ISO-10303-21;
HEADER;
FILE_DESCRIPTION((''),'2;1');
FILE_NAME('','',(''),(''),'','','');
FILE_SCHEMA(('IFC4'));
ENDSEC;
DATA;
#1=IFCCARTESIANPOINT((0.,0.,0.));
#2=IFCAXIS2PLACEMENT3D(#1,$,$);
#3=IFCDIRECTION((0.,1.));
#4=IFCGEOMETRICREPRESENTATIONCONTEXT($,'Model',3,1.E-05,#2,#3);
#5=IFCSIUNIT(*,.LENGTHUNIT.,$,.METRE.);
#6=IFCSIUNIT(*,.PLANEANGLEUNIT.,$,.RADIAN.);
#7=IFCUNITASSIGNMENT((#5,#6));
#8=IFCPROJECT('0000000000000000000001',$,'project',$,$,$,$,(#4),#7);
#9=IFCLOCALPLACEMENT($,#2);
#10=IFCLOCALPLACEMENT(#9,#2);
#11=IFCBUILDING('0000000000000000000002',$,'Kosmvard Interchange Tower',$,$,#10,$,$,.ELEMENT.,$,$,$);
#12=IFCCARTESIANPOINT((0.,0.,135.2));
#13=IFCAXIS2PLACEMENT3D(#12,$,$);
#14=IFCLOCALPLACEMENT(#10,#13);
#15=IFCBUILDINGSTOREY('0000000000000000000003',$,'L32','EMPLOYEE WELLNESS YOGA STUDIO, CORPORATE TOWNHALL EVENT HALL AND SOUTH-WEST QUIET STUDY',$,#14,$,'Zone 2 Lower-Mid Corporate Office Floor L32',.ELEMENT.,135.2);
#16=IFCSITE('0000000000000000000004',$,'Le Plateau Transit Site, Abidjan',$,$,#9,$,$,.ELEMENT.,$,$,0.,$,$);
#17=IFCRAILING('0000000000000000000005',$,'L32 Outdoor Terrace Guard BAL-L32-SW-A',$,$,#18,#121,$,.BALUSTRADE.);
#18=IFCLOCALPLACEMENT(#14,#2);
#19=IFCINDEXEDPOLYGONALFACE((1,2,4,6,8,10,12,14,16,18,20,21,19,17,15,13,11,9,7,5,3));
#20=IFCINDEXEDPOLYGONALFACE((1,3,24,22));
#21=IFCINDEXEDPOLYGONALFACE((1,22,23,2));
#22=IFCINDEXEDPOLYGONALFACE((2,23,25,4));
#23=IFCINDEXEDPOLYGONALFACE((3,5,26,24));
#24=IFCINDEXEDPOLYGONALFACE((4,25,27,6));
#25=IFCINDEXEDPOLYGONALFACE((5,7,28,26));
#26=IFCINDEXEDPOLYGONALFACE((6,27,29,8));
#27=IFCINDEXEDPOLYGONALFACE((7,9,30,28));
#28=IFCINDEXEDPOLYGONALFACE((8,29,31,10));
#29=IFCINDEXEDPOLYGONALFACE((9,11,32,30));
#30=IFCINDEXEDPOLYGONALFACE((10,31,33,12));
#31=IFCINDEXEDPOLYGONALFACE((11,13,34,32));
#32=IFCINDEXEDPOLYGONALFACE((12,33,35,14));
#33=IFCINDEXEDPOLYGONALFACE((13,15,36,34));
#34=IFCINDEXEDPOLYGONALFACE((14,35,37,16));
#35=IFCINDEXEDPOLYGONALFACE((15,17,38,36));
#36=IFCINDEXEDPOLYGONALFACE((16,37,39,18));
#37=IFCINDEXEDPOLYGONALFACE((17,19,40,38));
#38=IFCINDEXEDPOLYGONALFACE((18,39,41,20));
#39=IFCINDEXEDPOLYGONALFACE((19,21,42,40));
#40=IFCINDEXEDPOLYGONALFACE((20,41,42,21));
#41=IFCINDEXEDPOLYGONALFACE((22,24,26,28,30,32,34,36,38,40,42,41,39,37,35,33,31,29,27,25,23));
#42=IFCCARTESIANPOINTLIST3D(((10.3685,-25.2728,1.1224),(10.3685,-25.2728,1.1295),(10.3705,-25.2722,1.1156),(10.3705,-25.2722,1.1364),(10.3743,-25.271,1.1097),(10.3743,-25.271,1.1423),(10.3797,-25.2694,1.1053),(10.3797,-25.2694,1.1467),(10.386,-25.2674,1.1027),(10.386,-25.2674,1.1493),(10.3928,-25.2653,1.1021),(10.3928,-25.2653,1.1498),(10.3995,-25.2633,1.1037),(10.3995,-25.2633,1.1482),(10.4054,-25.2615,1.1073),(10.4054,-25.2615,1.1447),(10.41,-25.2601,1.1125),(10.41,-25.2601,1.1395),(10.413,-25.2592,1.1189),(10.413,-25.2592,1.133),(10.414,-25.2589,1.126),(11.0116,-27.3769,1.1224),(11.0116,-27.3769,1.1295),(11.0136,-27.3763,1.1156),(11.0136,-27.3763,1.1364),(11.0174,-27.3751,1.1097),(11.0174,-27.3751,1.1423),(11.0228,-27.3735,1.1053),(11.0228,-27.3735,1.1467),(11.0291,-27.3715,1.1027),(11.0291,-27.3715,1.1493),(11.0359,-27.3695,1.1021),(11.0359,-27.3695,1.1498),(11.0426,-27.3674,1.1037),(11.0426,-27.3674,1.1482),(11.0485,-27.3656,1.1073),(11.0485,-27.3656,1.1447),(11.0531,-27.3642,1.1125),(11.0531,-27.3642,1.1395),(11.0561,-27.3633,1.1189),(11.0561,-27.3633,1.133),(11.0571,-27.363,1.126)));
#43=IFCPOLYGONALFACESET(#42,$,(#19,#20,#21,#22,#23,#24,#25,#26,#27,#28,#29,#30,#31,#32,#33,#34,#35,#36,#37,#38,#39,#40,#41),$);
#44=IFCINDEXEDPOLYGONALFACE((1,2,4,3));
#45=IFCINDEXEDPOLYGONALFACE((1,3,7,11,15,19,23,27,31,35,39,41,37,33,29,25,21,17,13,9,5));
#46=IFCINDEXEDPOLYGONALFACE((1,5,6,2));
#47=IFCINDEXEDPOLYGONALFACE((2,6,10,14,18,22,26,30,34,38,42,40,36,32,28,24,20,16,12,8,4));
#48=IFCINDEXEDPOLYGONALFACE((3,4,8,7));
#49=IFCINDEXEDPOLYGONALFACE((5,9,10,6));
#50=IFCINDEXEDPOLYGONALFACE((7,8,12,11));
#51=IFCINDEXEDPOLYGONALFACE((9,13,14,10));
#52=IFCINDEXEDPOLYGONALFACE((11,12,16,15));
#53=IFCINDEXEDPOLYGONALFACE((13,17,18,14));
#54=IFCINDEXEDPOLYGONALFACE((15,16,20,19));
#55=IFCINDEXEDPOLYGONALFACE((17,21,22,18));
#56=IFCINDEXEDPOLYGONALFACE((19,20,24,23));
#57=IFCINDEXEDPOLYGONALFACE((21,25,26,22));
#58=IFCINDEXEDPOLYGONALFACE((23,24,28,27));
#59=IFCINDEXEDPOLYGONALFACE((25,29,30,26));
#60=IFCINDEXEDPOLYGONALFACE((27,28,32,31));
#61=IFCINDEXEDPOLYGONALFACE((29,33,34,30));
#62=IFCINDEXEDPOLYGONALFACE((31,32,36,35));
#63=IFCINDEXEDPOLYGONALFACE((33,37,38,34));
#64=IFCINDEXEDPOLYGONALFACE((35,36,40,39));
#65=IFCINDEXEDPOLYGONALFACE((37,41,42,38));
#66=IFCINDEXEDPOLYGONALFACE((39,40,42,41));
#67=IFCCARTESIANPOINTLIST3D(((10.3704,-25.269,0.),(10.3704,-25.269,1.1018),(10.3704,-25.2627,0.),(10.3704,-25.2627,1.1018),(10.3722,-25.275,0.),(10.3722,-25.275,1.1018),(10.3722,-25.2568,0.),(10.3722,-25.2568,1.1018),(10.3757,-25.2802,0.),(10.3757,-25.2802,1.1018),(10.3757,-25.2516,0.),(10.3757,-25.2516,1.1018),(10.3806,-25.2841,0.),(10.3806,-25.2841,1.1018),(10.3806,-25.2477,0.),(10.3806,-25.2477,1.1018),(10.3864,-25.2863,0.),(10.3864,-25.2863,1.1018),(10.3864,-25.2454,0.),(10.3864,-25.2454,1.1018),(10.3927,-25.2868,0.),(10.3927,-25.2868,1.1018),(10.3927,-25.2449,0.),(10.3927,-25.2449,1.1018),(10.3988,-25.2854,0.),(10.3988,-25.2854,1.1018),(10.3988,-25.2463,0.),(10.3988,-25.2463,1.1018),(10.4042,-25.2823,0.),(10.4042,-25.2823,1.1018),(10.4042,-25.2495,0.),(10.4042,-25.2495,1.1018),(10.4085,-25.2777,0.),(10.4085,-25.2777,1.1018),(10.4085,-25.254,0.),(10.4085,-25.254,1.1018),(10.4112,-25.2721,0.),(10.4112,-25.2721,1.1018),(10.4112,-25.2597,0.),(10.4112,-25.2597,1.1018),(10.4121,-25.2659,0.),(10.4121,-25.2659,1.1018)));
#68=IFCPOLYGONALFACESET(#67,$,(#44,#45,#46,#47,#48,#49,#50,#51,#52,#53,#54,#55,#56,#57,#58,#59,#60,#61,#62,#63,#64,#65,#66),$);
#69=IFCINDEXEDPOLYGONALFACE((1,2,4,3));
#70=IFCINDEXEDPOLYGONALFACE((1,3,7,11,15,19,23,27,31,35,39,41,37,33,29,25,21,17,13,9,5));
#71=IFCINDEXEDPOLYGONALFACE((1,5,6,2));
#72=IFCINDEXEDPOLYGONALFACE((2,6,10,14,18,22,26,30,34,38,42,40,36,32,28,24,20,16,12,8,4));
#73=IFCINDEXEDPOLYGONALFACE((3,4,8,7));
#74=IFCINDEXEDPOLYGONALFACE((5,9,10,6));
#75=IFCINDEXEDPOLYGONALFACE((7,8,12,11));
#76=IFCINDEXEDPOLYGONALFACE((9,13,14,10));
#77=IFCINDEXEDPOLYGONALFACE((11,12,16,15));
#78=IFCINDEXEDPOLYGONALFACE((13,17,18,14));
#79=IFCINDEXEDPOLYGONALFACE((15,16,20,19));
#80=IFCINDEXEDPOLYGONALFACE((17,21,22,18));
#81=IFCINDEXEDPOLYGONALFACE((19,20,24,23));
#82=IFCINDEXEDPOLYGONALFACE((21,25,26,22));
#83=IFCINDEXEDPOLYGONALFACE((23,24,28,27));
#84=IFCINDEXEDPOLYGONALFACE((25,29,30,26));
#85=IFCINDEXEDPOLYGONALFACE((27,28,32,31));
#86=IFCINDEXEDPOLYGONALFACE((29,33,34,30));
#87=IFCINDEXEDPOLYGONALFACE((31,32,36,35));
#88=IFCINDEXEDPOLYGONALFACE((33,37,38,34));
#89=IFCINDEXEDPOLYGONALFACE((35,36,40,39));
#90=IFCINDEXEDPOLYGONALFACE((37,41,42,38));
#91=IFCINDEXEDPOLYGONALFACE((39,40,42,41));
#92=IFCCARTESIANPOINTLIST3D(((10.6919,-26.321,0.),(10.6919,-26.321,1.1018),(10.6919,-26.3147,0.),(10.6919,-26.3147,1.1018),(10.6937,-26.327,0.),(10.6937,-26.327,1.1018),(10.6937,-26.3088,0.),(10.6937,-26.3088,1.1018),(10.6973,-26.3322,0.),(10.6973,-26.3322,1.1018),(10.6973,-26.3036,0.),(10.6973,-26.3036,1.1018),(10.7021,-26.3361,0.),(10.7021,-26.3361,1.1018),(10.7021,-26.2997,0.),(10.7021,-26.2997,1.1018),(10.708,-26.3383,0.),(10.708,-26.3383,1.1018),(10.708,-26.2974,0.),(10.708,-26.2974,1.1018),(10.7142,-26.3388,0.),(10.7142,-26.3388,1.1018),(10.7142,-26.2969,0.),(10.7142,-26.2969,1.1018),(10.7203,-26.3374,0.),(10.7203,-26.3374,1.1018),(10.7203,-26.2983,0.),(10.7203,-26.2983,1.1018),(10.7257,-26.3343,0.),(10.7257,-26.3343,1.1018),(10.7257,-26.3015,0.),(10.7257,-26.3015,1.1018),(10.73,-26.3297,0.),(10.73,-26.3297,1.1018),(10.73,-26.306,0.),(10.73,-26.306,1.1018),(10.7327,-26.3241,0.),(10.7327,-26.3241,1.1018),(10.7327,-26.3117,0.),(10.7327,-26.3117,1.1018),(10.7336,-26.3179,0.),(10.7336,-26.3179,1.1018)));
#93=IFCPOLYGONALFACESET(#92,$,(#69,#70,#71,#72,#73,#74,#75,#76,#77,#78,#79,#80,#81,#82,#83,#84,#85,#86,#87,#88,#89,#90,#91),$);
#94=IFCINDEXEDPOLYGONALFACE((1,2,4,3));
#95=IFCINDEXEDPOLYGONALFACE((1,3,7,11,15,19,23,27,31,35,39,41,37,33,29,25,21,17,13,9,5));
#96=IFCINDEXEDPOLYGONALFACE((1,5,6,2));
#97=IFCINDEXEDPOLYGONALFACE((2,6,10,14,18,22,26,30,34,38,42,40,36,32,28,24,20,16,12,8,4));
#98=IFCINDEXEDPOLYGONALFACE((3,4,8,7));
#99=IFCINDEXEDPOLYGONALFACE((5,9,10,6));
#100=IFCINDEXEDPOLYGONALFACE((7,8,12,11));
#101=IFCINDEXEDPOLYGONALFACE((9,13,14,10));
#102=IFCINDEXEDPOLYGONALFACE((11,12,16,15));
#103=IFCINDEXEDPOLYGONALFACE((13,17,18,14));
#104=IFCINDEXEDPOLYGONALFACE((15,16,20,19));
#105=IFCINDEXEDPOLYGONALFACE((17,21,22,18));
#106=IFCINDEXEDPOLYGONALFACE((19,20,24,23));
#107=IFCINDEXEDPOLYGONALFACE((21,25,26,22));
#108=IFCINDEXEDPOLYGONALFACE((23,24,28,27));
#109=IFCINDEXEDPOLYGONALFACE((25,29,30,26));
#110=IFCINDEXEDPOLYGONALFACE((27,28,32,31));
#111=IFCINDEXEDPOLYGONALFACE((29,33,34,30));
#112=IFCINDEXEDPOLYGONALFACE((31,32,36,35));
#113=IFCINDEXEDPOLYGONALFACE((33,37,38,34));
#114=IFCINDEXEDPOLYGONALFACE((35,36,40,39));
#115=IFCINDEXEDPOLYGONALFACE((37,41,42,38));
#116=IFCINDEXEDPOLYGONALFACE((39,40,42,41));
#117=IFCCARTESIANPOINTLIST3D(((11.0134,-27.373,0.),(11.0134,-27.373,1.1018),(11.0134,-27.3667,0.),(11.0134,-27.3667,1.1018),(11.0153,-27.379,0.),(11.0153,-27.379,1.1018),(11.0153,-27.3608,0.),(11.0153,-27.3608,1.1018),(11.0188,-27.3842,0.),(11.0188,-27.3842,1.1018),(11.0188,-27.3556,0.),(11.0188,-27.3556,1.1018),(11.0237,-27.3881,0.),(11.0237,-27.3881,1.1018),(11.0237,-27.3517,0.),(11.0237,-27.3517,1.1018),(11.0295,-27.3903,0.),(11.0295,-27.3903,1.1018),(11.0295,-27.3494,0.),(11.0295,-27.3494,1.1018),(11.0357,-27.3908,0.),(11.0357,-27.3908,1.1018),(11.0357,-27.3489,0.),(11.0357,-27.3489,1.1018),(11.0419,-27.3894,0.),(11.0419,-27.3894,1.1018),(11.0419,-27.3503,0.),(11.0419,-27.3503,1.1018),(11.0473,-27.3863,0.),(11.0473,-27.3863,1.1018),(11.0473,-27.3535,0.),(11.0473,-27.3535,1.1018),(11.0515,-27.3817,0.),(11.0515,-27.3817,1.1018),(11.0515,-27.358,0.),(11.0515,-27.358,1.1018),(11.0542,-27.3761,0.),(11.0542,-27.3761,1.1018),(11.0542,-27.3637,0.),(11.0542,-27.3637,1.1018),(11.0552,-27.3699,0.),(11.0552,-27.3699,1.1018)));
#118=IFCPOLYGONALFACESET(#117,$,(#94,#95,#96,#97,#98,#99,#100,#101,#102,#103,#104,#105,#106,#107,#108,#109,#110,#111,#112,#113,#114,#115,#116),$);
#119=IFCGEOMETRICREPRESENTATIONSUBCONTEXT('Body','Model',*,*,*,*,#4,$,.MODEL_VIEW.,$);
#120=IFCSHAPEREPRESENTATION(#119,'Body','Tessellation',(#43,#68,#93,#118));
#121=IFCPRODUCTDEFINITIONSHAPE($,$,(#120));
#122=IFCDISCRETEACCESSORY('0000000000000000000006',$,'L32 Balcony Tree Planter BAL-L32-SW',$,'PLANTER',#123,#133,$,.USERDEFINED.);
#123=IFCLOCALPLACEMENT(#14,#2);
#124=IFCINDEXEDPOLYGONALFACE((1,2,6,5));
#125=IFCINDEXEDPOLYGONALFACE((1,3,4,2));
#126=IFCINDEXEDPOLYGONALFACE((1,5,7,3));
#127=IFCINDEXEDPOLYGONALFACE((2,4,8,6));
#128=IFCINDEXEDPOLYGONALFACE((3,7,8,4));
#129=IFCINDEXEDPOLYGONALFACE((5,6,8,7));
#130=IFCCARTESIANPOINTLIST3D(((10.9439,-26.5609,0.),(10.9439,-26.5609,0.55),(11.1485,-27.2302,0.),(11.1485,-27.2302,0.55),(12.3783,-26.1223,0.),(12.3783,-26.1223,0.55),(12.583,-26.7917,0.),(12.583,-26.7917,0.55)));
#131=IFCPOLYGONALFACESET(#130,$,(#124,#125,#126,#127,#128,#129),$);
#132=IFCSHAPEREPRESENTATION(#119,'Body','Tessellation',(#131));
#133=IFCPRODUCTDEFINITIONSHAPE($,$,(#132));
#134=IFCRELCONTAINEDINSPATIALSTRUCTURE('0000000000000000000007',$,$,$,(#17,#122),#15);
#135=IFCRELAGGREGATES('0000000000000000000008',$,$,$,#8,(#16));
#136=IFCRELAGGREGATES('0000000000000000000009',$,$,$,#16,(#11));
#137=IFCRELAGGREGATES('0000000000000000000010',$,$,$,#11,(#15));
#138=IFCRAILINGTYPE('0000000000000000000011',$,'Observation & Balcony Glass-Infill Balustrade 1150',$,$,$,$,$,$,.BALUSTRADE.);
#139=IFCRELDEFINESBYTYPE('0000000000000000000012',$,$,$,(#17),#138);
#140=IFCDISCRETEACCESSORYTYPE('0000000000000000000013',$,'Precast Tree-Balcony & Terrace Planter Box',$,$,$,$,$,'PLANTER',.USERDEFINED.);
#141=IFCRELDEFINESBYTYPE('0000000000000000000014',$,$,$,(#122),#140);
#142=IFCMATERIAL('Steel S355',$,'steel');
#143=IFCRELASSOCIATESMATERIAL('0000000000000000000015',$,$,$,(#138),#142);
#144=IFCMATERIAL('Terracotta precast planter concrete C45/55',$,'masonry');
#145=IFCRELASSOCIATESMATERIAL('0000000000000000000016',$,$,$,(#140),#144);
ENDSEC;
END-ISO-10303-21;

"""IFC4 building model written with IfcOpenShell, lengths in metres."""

from ifc_helpers import new_model, si_unit, direction, frame, origin, origin_2d, place, context, subcontext, project, spatial, rectangle, circle, extrude, source, transform, mapped, material, type_object, element, save


model = new_model("IFC4")

# Units and contexts
model_context = context("Model", 3, precision=1e-05, world=origin(), true_north=direction((0.0, 1.0)))
body_context = subcontext(model_context, "Body", "Model", "MODEL_VIEW")
ifc_project = project(units=[si_unit("LENGTHUNIT", "METRE"), si_unit("PLANEANGLEUNIT", "RADIAN")], contexts=[model_context])

# Site, building, storey
site_placement = place(None, origin())
site = spatial("IfcSite", under=ifc_project, at=site_placement, Name="Le Plateau Transit Site, Abidjan", CompositionType="ELEMENT", RefElevation=0.0)
building_placement = place(site_placement, origin())
building = spatial("IfcBuilding", under=site, at=building_placement, Name="Kosmvard Interchange Tower", CompositionType="ELEMENT")
storey_placement = place(building_placement, frame((0.0, 0.0, 135.2)))
storey = spatial("IfcBuildingStorey", under=building, at=storey_placement, Name="L32", Description="EMPLOYEE WELLNESS YOGA STUDIO, CORPORATE TOWNHALL EVENT HALL AND SOUTH-WEST QUIET STUDY", LongName="Zone 2 Lower-Mid Corporate Office Floor L32", CompositionType="ELEMENT", Elevation=135.2)

# Shared definitions
ifc_material_1 = material(Name="Steel S355", Category="steel")

# Railing
railing_type = type_object("IfcRailingType", Name="Observation & Balcony Glass-Infill Balustrade 1150", PredefinedType="BALUSTRADE", material=ifc_material_1)
shared_shape_1 = source(origin(), body_context, "Body", "SweptSolid", [
    extrude(circle(Radius=0.0239, at=origin_2d()), frame((0.0, 0.0, 1.126), z_axis=(0.292292, -0.956329, 0.0), x_axis=(0.956329, 0.292292, 0.0)), (0.0, 0.0, 1.0), 2.2002),
    extrude(circle(Radius=0.021, at=origin_2d()), origin(), (0.0, 0.0, 1.0), 1.1018),
    extrude(circle(Radius=0.021, at=origin_2d()), frame((0.3215, -1.052, 0.0)), (0.0, 0.0, 1.0), 1.1018),
    extrude(circle(Radius=0.021, at=origin_2d()), frame((0.6431, -2.104, 0.0)), (0.0, 0.0, 1.0), 1.1018),
])
railing_1_placement = place(storey_placement, frame((10.3911, -25.2659, 0.0)))
element("IfcRailing", 1, at=railing_1_placement, inside=storey, type_object=railing_type, Name="L32 Outdoor Terrace Guard BAL-L32-SW-A", PredefinedType="BALUSTRADE", context=body_context, shape_type="MappedRepresentation", body=[
    mapped(shared_shape_1, transform((0.0, 0.0, 0.0), scale=1.0)),
])

# Discrete accessory
ifc_material_2 = material(Name="Terracotta precast planter concrete C45/55", Category="masonry")
discrete_accessory_type = type_object("IfcDiscreteAccessoryType", Name="Precast Tree-Balcony & Terrace Planter Box", ElementType="PLANTER", PredefinedType="USERDEFINED", material=ifc_material_2)
shared_shape_2 = source(origin(), body_context, "Body", "SweptSolid", [
    extrude(rectangle(XDim=1.5, YDim=0.7, at=origin_2d()), origin(), (0.0, 0.0, 1.0), 0.55),
])
discrete_accessory_placement = place(storey_placement, frame((11.7634, -26.6763, 0.0), z_axis=(0.0, 0.0, 1.0), x_axis=(0.956305, 0.292372, 0.0)))
element("IfcDiscreteAccessory", 2, at=discrete_accessory_placement, inside=storey, type_object=discrete_accessory_type, Name="L32 Balcony Tree Planter BAL-L32-SW", ObjectType="PLANTER", PredefinedType="USERDEFINED", context=body_context, shape_type="MappedRepresentation", body=[
    mapped(shared_shape_2, transform((0.0, 0.0, 0.0), scale=1.0)),
])

save(model, "model.ifc")
